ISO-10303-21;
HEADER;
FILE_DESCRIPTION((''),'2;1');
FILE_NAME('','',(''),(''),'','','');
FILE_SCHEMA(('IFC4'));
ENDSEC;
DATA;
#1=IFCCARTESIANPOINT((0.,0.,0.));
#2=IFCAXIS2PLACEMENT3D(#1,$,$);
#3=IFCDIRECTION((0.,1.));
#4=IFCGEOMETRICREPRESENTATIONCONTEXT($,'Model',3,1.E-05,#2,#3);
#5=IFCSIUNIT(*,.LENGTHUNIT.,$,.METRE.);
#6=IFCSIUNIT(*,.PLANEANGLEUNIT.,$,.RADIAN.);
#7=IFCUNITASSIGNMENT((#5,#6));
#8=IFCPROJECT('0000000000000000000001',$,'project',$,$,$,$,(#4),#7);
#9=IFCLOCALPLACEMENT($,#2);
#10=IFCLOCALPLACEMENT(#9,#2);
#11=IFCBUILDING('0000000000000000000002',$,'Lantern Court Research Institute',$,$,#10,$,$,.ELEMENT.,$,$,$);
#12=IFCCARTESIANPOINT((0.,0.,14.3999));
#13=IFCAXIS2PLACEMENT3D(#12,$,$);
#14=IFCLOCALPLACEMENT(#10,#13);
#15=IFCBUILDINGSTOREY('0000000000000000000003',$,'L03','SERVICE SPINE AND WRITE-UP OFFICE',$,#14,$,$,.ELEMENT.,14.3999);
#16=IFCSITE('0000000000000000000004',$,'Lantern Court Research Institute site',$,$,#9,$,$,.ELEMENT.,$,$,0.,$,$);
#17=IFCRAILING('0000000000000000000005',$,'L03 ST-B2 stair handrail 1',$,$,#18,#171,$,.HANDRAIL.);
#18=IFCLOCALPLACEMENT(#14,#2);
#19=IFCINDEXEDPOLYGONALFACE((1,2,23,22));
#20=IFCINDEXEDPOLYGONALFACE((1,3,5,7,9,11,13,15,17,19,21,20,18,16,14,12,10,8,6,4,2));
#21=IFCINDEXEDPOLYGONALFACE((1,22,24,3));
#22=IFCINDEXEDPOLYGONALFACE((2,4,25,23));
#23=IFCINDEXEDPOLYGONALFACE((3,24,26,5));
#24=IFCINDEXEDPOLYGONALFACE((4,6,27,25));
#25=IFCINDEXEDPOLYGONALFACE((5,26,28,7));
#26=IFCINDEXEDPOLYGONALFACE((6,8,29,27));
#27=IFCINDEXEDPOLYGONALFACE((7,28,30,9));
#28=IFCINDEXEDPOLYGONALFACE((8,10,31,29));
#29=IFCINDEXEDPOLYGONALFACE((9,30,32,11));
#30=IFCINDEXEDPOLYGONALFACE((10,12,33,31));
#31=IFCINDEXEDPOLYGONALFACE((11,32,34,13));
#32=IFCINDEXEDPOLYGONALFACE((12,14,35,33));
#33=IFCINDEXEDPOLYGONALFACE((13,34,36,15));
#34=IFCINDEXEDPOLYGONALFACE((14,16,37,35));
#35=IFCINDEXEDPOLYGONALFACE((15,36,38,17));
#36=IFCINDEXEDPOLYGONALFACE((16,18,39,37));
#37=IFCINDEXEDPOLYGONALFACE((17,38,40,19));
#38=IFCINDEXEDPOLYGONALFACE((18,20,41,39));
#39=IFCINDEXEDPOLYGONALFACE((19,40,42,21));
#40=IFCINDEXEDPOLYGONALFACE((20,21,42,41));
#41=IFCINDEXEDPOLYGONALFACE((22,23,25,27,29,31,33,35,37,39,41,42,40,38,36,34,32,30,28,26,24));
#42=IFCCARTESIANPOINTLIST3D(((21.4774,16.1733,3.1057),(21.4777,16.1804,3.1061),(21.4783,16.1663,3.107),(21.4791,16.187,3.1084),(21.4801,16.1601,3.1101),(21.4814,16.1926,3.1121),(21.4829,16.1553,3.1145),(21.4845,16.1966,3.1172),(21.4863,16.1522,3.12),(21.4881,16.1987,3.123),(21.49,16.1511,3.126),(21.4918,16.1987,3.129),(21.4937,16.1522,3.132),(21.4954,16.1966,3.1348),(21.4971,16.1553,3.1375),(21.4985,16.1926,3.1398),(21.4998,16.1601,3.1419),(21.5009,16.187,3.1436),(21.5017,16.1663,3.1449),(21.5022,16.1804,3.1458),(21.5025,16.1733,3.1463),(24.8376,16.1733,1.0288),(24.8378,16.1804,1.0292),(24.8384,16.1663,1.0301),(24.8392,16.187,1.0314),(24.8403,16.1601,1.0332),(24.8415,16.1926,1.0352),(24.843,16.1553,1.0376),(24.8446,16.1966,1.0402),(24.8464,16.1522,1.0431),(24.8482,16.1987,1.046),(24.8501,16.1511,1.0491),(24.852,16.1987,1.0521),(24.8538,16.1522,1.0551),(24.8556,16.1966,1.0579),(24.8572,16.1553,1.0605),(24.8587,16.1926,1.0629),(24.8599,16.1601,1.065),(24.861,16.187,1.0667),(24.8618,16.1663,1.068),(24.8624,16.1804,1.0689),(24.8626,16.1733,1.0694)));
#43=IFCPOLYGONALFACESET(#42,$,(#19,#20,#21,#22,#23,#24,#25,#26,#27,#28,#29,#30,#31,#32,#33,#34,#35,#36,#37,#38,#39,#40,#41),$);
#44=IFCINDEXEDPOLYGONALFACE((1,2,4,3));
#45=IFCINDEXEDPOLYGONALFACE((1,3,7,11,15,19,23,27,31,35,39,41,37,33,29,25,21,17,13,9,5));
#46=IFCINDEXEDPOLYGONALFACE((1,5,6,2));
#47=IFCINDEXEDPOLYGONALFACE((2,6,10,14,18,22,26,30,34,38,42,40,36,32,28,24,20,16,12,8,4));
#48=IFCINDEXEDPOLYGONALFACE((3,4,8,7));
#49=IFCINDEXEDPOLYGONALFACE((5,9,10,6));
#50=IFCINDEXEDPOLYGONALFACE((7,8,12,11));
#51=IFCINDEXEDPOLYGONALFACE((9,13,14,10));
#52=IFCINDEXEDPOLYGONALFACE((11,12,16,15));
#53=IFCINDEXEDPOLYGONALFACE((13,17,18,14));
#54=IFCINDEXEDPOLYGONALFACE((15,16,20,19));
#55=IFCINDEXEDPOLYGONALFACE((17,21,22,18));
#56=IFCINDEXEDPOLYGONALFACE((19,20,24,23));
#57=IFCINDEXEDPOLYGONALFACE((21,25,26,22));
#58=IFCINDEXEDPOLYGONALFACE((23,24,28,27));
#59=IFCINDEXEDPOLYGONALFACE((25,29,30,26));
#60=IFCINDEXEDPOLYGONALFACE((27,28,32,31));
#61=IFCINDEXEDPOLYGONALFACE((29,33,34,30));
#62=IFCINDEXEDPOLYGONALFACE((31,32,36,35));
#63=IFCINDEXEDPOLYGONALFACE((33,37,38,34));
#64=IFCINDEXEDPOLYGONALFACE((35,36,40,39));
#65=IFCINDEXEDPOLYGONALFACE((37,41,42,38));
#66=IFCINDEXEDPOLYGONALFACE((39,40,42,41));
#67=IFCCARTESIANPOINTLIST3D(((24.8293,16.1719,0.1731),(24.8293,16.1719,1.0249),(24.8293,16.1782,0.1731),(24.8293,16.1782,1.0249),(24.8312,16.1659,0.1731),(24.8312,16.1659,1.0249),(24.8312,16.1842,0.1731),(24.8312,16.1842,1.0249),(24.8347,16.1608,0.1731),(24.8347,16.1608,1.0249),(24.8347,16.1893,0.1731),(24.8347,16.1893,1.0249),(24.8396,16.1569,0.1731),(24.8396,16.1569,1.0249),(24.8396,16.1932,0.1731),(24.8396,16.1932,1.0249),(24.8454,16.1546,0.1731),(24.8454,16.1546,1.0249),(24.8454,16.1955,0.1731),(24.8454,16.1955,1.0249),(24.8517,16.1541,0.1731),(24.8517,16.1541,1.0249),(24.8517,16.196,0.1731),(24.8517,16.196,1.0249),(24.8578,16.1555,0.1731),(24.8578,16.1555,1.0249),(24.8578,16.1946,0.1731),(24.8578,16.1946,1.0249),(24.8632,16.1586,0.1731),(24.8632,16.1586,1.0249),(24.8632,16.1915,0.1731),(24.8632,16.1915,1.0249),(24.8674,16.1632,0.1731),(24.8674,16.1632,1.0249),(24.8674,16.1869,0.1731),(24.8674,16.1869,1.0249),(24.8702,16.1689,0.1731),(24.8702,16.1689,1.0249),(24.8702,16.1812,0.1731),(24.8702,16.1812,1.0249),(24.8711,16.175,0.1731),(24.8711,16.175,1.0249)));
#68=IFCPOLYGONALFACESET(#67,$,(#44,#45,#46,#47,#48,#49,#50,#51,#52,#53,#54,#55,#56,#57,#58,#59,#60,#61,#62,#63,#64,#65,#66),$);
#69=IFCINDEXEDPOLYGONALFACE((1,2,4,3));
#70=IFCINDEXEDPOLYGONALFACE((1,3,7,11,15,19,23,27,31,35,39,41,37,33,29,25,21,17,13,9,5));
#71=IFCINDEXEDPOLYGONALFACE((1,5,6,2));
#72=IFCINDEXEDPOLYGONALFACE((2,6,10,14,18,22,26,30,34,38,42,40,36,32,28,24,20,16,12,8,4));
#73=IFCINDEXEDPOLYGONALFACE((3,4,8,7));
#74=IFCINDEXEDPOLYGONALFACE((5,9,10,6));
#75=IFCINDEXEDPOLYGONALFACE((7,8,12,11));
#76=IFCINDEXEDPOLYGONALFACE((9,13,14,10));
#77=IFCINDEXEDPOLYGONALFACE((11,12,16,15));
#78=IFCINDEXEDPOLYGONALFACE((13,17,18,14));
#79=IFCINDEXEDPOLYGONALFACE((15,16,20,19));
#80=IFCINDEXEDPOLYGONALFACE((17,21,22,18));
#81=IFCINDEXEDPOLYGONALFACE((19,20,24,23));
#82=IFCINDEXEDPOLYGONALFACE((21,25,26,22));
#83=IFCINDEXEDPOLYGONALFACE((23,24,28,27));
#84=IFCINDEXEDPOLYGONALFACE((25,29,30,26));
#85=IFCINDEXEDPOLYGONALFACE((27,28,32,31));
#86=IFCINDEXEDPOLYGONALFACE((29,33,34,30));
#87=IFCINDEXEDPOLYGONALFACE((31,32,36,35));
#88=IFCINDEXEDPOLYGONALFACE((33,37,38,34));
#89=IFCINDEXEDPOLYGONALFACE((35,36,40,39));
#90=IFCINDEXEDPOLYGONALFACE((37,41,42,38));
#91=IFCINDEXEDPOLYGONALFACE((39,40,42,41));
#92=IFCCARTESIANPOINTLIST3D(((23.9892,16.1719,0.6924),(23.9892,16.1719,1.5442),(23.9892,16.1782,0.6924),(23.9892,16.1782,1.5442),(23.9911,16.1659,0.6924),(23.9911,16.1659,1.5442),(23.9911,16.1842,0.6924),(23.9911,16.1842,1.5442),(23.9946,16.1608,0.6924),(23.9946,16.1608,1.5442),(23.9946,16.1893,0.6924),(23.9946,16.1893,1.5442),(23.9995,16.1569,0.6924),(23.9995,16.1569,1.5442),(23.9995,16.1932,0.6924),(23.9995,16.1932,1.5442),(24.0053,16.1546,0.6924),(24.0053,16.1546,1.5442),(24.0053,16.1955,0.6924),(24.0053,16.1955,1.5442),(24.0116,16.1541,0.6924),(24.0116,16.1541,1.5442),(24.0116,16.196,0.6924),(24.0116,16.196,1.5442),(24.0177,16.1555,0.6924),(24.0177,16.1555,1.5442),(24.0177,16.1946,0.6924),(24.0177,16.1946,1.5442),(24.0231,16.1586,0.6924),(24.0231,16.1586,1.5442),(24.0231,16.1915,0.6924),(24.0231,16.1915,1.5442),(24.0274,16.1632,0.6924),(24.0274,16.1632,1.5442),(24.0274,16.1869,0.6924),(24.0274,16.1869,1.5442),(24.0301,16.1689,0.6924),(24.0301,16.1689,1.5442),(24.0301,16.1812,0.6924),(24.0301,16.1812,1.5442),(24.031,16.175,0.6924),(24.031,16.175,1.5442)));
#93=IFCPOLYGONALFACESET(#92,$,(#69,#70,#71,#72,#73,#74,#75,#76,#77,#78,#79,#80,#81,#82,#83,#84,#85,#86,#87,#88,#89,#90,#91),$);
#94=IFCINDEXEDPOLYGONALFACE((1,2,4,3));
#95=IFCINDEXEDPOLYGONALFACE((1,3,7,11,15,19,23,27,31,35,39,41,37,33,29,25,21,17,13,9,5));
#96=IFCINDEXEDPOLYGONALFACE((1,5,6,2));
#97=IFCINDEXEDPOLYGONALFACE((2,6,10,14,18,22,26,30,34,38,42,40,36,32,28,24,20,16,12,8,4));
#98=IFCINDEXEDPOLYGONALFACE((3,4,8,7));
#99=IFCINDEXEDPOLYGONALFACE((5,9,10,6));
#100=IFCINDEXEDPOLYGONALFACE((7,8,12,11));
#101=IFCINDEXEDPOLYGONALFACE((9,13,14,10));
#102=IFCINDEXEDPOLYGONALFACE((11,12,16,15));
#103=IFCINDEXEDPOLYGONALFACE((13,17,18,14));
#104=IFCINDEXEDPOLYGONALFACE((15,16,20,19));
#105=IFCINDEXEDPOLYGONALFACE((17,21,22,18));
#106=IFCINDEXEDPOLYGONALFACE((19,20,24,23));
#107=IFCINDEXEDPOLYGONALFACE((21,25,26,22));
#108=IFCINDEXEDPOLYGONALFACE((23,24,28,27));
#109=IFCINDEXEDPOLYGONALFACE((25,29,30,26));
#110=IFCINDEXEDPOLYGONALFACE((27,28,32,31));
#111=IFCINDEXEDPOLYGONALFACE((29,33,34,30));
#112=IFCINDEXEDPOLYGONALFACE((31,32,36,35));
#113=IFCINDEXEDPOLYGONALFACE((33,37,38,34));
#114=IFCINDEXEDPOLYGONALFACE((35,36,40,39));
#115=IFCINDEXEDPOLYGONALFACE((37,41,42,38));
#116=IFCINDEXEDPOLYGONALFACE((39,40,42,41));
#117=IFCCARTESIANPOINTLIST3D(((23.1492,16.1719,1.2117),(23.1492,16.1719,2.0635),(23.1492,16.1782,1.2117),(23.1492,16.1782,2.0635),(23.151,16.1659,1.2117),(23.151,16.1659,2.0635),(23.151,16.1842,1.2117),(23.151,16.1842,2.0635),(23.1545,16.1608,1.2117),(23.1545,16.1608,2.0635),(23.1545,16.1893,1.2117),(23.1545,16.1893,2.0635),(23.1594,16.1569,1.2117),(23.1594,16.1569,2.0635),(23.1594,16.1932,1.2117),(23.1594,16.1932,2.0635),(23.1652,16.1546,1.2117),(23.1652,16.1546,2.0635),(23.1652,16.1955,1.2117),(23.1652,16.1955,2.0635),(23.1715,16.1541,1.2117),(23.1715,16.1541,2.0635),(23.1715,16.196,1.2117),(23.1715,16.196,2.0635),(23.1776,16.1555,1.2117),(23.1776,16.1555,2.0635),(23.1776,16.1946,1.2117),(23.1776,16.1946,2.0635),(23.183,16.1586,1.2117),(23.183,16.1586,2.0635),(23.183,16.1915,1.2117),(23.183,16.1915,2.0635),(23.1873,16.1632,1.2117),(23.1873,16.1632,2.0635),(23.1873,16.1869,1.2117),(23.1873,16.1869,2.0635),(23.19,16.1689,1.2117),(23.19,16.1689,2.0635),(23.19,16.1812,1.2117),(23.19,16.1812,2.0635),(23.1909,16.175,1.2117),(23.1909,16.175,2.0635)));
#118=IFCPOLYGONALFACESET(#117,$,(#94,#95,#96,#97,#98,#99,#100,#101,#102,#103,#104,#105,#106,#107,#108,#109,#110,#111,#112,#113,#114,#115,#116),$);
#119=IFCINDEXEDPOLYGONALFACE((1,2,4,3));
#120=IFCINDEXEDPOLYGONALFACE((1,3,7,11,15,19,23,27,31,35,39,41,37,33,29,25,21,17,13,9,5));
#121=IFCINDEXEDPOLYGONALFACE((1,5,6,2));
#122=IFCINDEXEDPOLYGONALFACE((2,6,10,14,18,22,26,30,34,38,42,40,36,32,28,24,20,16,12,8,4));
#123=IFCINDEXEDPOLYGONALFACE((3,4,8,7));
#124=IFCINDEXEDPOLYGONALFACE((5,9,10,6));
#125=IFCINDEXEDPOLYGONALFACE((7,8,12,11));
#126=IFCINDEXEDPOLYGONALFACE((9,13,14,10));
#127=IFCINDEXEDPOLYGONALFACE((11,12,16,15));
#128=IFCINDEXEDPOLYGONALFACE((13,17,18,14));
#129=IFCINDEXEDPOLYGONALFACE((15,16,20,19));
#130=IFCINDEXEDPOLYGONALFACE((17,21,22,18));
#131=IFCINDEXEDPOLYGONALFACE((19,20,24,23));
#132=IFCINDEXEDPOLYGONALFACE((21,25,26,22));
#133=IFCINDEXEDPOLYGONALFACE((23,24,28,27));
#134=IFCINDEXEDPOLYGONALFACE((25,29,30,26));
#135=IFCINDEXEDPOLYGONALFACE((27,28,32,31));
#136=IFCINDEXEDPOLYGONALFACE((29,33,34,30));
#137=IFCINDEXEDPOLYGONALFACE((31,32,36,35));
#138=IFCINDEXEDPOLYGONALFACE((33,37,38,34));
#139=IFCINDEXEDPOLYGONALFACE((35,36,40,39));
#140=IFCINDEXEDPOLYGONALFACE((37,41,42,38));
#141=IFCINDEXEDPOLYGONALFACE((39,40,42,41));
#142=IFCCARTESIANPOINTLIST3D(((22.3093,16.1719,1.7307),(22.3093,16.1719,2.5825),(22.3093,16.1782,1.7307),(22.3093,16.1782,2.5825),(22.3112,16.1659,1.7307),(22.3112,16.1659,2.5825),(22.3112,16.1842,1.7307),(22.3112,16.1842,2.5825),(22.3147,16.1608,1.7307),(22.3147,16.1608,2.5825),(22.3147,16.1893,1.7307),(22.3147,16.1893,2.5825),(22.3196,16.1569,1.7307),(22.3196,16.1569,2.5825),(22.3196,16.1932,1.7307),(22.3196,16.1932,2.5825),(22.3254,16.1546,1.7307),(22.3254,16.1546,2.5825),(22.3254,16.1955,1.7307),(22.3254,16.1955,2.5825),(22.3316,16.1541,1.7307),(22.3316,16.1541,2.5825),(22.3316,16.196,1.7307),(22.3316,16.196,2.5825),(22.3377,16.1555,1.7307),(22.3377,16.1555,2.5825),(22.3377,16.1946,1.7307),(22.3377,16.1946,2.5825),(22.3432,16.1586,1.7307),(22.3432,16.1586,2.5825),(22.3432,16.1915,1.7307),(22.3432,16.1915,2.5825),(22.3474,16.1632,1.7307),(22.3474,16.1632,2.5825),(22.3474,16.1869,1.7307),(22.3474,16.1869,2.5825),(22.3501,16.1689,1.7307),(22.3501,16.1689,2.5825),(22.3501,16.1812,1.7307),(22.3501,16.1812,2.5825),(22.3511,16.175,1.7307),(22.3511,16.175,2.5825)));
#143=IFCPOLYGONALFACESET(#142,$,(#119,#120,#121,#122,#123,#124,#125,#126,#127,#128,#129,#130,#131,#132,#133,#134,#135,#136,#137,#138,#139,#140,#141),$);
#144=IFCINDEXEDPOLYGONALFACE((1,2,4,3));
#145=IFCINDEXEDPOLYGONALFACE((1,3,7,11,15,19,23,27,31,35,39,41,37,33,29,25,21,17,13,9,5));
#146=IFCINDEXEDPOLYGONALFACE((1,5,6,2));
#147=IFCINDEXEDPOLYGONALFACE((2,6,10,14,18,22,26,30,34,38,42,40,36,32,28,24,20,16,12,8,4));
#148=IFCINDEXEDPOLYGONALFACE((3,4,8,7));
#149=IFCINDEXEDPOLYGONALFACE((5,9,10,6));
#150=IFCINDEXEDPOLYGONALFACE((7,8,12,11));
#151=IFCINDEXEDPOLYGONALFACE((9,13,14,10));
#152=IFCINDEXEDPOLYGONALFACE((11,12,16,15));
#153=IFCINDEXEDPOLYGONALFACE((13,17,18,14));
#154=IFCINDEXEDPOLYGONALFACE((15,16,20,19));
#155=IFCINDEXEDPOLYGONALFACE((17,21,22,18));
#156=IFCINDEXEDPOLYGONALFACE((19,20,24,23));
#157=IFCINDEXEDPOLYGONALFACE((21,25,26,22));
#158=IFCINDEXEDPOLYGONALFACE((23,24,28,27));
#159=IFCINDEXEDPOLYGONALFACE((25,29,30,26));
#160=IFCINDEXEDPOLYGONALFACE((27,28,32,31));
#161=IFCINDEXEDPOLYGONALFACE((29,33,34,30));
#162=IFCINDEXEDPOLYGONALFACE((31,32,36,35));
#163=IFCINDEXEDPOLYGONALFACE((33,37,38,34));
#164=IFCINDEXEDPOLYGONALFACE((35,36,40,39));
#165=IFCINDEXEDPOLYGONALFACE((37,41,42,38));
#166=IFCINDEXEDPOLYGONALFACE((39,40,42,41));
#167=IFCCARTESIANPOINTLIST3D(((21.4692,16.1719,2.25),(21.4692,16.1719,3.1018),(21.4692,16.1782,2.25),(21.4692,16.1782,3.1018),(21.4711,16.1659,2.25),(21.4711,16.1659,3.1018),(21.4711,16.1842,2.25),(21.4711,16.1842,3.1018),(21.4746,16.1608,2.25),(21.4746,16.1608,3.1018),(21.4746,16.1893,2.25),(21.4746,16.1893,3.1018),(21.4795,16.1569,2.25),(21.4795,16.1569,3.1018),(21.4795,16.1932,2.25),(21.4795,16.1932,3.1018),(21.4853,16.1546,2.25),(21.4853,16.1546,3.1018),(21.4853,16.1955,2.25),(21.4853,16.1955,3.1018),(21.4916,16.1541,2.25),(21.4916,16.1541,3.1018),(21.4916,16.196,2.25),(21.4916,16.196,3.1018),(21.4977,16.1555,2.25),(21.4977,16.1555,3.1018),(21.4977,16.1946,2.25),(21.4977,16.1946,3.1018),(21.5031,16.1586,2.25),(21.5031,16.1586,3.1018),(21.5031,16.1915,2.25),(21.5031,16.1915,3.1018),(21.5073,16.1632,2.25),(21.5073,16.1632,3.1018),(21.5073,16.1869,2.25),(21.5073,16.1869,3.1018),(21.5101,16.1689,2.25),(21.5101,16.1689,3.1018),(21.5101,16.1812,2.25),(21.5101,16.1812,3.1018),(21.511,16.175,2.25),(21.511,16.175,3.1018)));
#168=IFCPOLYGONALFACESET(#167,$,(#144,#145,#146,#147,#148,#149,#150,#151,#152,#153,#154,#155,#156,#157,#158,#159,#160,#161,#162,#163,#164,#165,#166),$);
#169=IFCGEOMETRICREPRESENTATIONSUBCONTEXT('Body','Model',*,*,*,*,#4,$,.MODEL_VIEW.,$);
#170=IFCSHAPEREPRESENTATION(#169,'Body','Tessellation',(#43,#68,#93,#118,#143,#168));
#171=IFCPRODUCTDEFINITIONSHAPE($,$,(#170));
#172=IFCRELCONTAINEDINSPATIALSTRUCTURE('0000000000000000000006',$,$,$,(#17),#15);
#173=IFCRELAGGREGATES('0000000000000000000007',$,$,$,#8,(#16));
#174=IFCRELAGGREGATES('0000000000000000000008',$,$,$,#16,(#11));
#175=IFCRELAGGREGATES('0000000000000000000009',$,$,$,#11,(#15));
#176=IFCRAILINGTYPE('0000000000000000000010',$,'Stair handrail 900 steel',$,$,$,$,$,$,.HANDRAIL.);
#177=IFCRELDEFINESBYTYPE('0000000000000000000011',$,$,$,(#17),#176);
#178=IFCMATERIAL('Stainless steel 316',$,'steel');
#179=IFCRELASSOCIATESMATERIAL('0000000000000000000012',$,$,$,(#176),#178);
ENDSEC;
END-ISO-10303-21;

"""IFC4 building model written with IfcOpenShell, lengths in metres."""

from ifc_helpers import new_model, si_unit, direction, frame, origin, origin_2d, place, context, subcontext, project, spatial, circle, extrude, material, type_object, element, save


model = new_model("IFC4")

# Units and contexts
model_context = context("Model", 3, precision=1e-05, world=origin(), true_north=direction((0.0, 1.0)))
body_context = subcontext(model_context, "Body", "Model", "MODEL_VIEW")
ifc_project = project(units=[si_unit("LENGTHUNIT", "METRE"), si_unit("PLANEANGLEUNIT", "RADIAN")], contexts=[model_context])

# Site, building, storey
site_placement = place(None, origin())
site = spatial("IfcSite", under=ifc_project, at=site_placement, Name="Lantern Court Research Institute site", CompositionType="ELEMENT", RefElevation=0.0)
building_placement = place(site_placement, origin())
building = spatial("IfcBuilding", under=site, at=building_placement, Name="Lantern Court Research Institute", CompositionType="ELEMENT")
storey_placement = place(building_placement, frame((0.0, 0.0, 14.3999)))
storey = spatial("IfcBuildingStorey", under=building, at=storey_placement, Name="L03", Description="SERVICE SPINE AND WRITE-UP OFFICE", CompositionType="ELEMENT", Elevation=14.3999)

# Railing
ifc_material_1 = material(Name="Stainless steel 316", Category="steel")
railing_type_1 = type_object("IfcRailingType", Name="Stair handrail 900 steel", PredefinedType="HANDRAIL", material=ifc_material_1)
railing_1_placement = place(storey_placement, frame((24.8501, 16.175, 0.1731)))
element("IfcRailing", 1, at=railing_1_placement, inside=storey, type_object=railing_type_1, Name="L03 ST-B2 stair handrail 1", PredefinedType="HANDRAIL", context=body_context, shape_type="SweptSolid", body=[
    extrude(circle(Radius=0.0239, at=origin_2d()), frame((0.0, 0.0, 0.876), z_axis=(-0.850623, 0.0, 0.525776), x_axis=(0.0, -1.0, 0.0)), (0.0, 0.0, 1.0), 3.9502),
    extrude(circle(Radius=0.021, at=origin_2d()), origin(), (0.0, 0.0, 1.0), 0.8518),
    extrude(circle(Radius=0.021, at=origin_2d()), frame((-0.8401, 0.0, 0.5193)), (0.0, 0.0, 1.0), 0.8518),
    extrude(circle(Radius=0.021, at=origin_2d()), frame((-1.6802, 0.0, 1.0386)), (0.0, 0.0, 1.0), 0.8518),
    extrude(circle(Radius=0.021, at=origin_2d()), frame((-2.52, 0.0, 1.5576)), (0.0, 0.0, 1.0), 0.8518),
    extrude(circle(Radius=0.021, at=origin_2d()), frame((-3.3601, 0.0, 2.0769)), (0.0, 0.0, 1.0), 0.8518),
])

save(model, "model.ifc")
